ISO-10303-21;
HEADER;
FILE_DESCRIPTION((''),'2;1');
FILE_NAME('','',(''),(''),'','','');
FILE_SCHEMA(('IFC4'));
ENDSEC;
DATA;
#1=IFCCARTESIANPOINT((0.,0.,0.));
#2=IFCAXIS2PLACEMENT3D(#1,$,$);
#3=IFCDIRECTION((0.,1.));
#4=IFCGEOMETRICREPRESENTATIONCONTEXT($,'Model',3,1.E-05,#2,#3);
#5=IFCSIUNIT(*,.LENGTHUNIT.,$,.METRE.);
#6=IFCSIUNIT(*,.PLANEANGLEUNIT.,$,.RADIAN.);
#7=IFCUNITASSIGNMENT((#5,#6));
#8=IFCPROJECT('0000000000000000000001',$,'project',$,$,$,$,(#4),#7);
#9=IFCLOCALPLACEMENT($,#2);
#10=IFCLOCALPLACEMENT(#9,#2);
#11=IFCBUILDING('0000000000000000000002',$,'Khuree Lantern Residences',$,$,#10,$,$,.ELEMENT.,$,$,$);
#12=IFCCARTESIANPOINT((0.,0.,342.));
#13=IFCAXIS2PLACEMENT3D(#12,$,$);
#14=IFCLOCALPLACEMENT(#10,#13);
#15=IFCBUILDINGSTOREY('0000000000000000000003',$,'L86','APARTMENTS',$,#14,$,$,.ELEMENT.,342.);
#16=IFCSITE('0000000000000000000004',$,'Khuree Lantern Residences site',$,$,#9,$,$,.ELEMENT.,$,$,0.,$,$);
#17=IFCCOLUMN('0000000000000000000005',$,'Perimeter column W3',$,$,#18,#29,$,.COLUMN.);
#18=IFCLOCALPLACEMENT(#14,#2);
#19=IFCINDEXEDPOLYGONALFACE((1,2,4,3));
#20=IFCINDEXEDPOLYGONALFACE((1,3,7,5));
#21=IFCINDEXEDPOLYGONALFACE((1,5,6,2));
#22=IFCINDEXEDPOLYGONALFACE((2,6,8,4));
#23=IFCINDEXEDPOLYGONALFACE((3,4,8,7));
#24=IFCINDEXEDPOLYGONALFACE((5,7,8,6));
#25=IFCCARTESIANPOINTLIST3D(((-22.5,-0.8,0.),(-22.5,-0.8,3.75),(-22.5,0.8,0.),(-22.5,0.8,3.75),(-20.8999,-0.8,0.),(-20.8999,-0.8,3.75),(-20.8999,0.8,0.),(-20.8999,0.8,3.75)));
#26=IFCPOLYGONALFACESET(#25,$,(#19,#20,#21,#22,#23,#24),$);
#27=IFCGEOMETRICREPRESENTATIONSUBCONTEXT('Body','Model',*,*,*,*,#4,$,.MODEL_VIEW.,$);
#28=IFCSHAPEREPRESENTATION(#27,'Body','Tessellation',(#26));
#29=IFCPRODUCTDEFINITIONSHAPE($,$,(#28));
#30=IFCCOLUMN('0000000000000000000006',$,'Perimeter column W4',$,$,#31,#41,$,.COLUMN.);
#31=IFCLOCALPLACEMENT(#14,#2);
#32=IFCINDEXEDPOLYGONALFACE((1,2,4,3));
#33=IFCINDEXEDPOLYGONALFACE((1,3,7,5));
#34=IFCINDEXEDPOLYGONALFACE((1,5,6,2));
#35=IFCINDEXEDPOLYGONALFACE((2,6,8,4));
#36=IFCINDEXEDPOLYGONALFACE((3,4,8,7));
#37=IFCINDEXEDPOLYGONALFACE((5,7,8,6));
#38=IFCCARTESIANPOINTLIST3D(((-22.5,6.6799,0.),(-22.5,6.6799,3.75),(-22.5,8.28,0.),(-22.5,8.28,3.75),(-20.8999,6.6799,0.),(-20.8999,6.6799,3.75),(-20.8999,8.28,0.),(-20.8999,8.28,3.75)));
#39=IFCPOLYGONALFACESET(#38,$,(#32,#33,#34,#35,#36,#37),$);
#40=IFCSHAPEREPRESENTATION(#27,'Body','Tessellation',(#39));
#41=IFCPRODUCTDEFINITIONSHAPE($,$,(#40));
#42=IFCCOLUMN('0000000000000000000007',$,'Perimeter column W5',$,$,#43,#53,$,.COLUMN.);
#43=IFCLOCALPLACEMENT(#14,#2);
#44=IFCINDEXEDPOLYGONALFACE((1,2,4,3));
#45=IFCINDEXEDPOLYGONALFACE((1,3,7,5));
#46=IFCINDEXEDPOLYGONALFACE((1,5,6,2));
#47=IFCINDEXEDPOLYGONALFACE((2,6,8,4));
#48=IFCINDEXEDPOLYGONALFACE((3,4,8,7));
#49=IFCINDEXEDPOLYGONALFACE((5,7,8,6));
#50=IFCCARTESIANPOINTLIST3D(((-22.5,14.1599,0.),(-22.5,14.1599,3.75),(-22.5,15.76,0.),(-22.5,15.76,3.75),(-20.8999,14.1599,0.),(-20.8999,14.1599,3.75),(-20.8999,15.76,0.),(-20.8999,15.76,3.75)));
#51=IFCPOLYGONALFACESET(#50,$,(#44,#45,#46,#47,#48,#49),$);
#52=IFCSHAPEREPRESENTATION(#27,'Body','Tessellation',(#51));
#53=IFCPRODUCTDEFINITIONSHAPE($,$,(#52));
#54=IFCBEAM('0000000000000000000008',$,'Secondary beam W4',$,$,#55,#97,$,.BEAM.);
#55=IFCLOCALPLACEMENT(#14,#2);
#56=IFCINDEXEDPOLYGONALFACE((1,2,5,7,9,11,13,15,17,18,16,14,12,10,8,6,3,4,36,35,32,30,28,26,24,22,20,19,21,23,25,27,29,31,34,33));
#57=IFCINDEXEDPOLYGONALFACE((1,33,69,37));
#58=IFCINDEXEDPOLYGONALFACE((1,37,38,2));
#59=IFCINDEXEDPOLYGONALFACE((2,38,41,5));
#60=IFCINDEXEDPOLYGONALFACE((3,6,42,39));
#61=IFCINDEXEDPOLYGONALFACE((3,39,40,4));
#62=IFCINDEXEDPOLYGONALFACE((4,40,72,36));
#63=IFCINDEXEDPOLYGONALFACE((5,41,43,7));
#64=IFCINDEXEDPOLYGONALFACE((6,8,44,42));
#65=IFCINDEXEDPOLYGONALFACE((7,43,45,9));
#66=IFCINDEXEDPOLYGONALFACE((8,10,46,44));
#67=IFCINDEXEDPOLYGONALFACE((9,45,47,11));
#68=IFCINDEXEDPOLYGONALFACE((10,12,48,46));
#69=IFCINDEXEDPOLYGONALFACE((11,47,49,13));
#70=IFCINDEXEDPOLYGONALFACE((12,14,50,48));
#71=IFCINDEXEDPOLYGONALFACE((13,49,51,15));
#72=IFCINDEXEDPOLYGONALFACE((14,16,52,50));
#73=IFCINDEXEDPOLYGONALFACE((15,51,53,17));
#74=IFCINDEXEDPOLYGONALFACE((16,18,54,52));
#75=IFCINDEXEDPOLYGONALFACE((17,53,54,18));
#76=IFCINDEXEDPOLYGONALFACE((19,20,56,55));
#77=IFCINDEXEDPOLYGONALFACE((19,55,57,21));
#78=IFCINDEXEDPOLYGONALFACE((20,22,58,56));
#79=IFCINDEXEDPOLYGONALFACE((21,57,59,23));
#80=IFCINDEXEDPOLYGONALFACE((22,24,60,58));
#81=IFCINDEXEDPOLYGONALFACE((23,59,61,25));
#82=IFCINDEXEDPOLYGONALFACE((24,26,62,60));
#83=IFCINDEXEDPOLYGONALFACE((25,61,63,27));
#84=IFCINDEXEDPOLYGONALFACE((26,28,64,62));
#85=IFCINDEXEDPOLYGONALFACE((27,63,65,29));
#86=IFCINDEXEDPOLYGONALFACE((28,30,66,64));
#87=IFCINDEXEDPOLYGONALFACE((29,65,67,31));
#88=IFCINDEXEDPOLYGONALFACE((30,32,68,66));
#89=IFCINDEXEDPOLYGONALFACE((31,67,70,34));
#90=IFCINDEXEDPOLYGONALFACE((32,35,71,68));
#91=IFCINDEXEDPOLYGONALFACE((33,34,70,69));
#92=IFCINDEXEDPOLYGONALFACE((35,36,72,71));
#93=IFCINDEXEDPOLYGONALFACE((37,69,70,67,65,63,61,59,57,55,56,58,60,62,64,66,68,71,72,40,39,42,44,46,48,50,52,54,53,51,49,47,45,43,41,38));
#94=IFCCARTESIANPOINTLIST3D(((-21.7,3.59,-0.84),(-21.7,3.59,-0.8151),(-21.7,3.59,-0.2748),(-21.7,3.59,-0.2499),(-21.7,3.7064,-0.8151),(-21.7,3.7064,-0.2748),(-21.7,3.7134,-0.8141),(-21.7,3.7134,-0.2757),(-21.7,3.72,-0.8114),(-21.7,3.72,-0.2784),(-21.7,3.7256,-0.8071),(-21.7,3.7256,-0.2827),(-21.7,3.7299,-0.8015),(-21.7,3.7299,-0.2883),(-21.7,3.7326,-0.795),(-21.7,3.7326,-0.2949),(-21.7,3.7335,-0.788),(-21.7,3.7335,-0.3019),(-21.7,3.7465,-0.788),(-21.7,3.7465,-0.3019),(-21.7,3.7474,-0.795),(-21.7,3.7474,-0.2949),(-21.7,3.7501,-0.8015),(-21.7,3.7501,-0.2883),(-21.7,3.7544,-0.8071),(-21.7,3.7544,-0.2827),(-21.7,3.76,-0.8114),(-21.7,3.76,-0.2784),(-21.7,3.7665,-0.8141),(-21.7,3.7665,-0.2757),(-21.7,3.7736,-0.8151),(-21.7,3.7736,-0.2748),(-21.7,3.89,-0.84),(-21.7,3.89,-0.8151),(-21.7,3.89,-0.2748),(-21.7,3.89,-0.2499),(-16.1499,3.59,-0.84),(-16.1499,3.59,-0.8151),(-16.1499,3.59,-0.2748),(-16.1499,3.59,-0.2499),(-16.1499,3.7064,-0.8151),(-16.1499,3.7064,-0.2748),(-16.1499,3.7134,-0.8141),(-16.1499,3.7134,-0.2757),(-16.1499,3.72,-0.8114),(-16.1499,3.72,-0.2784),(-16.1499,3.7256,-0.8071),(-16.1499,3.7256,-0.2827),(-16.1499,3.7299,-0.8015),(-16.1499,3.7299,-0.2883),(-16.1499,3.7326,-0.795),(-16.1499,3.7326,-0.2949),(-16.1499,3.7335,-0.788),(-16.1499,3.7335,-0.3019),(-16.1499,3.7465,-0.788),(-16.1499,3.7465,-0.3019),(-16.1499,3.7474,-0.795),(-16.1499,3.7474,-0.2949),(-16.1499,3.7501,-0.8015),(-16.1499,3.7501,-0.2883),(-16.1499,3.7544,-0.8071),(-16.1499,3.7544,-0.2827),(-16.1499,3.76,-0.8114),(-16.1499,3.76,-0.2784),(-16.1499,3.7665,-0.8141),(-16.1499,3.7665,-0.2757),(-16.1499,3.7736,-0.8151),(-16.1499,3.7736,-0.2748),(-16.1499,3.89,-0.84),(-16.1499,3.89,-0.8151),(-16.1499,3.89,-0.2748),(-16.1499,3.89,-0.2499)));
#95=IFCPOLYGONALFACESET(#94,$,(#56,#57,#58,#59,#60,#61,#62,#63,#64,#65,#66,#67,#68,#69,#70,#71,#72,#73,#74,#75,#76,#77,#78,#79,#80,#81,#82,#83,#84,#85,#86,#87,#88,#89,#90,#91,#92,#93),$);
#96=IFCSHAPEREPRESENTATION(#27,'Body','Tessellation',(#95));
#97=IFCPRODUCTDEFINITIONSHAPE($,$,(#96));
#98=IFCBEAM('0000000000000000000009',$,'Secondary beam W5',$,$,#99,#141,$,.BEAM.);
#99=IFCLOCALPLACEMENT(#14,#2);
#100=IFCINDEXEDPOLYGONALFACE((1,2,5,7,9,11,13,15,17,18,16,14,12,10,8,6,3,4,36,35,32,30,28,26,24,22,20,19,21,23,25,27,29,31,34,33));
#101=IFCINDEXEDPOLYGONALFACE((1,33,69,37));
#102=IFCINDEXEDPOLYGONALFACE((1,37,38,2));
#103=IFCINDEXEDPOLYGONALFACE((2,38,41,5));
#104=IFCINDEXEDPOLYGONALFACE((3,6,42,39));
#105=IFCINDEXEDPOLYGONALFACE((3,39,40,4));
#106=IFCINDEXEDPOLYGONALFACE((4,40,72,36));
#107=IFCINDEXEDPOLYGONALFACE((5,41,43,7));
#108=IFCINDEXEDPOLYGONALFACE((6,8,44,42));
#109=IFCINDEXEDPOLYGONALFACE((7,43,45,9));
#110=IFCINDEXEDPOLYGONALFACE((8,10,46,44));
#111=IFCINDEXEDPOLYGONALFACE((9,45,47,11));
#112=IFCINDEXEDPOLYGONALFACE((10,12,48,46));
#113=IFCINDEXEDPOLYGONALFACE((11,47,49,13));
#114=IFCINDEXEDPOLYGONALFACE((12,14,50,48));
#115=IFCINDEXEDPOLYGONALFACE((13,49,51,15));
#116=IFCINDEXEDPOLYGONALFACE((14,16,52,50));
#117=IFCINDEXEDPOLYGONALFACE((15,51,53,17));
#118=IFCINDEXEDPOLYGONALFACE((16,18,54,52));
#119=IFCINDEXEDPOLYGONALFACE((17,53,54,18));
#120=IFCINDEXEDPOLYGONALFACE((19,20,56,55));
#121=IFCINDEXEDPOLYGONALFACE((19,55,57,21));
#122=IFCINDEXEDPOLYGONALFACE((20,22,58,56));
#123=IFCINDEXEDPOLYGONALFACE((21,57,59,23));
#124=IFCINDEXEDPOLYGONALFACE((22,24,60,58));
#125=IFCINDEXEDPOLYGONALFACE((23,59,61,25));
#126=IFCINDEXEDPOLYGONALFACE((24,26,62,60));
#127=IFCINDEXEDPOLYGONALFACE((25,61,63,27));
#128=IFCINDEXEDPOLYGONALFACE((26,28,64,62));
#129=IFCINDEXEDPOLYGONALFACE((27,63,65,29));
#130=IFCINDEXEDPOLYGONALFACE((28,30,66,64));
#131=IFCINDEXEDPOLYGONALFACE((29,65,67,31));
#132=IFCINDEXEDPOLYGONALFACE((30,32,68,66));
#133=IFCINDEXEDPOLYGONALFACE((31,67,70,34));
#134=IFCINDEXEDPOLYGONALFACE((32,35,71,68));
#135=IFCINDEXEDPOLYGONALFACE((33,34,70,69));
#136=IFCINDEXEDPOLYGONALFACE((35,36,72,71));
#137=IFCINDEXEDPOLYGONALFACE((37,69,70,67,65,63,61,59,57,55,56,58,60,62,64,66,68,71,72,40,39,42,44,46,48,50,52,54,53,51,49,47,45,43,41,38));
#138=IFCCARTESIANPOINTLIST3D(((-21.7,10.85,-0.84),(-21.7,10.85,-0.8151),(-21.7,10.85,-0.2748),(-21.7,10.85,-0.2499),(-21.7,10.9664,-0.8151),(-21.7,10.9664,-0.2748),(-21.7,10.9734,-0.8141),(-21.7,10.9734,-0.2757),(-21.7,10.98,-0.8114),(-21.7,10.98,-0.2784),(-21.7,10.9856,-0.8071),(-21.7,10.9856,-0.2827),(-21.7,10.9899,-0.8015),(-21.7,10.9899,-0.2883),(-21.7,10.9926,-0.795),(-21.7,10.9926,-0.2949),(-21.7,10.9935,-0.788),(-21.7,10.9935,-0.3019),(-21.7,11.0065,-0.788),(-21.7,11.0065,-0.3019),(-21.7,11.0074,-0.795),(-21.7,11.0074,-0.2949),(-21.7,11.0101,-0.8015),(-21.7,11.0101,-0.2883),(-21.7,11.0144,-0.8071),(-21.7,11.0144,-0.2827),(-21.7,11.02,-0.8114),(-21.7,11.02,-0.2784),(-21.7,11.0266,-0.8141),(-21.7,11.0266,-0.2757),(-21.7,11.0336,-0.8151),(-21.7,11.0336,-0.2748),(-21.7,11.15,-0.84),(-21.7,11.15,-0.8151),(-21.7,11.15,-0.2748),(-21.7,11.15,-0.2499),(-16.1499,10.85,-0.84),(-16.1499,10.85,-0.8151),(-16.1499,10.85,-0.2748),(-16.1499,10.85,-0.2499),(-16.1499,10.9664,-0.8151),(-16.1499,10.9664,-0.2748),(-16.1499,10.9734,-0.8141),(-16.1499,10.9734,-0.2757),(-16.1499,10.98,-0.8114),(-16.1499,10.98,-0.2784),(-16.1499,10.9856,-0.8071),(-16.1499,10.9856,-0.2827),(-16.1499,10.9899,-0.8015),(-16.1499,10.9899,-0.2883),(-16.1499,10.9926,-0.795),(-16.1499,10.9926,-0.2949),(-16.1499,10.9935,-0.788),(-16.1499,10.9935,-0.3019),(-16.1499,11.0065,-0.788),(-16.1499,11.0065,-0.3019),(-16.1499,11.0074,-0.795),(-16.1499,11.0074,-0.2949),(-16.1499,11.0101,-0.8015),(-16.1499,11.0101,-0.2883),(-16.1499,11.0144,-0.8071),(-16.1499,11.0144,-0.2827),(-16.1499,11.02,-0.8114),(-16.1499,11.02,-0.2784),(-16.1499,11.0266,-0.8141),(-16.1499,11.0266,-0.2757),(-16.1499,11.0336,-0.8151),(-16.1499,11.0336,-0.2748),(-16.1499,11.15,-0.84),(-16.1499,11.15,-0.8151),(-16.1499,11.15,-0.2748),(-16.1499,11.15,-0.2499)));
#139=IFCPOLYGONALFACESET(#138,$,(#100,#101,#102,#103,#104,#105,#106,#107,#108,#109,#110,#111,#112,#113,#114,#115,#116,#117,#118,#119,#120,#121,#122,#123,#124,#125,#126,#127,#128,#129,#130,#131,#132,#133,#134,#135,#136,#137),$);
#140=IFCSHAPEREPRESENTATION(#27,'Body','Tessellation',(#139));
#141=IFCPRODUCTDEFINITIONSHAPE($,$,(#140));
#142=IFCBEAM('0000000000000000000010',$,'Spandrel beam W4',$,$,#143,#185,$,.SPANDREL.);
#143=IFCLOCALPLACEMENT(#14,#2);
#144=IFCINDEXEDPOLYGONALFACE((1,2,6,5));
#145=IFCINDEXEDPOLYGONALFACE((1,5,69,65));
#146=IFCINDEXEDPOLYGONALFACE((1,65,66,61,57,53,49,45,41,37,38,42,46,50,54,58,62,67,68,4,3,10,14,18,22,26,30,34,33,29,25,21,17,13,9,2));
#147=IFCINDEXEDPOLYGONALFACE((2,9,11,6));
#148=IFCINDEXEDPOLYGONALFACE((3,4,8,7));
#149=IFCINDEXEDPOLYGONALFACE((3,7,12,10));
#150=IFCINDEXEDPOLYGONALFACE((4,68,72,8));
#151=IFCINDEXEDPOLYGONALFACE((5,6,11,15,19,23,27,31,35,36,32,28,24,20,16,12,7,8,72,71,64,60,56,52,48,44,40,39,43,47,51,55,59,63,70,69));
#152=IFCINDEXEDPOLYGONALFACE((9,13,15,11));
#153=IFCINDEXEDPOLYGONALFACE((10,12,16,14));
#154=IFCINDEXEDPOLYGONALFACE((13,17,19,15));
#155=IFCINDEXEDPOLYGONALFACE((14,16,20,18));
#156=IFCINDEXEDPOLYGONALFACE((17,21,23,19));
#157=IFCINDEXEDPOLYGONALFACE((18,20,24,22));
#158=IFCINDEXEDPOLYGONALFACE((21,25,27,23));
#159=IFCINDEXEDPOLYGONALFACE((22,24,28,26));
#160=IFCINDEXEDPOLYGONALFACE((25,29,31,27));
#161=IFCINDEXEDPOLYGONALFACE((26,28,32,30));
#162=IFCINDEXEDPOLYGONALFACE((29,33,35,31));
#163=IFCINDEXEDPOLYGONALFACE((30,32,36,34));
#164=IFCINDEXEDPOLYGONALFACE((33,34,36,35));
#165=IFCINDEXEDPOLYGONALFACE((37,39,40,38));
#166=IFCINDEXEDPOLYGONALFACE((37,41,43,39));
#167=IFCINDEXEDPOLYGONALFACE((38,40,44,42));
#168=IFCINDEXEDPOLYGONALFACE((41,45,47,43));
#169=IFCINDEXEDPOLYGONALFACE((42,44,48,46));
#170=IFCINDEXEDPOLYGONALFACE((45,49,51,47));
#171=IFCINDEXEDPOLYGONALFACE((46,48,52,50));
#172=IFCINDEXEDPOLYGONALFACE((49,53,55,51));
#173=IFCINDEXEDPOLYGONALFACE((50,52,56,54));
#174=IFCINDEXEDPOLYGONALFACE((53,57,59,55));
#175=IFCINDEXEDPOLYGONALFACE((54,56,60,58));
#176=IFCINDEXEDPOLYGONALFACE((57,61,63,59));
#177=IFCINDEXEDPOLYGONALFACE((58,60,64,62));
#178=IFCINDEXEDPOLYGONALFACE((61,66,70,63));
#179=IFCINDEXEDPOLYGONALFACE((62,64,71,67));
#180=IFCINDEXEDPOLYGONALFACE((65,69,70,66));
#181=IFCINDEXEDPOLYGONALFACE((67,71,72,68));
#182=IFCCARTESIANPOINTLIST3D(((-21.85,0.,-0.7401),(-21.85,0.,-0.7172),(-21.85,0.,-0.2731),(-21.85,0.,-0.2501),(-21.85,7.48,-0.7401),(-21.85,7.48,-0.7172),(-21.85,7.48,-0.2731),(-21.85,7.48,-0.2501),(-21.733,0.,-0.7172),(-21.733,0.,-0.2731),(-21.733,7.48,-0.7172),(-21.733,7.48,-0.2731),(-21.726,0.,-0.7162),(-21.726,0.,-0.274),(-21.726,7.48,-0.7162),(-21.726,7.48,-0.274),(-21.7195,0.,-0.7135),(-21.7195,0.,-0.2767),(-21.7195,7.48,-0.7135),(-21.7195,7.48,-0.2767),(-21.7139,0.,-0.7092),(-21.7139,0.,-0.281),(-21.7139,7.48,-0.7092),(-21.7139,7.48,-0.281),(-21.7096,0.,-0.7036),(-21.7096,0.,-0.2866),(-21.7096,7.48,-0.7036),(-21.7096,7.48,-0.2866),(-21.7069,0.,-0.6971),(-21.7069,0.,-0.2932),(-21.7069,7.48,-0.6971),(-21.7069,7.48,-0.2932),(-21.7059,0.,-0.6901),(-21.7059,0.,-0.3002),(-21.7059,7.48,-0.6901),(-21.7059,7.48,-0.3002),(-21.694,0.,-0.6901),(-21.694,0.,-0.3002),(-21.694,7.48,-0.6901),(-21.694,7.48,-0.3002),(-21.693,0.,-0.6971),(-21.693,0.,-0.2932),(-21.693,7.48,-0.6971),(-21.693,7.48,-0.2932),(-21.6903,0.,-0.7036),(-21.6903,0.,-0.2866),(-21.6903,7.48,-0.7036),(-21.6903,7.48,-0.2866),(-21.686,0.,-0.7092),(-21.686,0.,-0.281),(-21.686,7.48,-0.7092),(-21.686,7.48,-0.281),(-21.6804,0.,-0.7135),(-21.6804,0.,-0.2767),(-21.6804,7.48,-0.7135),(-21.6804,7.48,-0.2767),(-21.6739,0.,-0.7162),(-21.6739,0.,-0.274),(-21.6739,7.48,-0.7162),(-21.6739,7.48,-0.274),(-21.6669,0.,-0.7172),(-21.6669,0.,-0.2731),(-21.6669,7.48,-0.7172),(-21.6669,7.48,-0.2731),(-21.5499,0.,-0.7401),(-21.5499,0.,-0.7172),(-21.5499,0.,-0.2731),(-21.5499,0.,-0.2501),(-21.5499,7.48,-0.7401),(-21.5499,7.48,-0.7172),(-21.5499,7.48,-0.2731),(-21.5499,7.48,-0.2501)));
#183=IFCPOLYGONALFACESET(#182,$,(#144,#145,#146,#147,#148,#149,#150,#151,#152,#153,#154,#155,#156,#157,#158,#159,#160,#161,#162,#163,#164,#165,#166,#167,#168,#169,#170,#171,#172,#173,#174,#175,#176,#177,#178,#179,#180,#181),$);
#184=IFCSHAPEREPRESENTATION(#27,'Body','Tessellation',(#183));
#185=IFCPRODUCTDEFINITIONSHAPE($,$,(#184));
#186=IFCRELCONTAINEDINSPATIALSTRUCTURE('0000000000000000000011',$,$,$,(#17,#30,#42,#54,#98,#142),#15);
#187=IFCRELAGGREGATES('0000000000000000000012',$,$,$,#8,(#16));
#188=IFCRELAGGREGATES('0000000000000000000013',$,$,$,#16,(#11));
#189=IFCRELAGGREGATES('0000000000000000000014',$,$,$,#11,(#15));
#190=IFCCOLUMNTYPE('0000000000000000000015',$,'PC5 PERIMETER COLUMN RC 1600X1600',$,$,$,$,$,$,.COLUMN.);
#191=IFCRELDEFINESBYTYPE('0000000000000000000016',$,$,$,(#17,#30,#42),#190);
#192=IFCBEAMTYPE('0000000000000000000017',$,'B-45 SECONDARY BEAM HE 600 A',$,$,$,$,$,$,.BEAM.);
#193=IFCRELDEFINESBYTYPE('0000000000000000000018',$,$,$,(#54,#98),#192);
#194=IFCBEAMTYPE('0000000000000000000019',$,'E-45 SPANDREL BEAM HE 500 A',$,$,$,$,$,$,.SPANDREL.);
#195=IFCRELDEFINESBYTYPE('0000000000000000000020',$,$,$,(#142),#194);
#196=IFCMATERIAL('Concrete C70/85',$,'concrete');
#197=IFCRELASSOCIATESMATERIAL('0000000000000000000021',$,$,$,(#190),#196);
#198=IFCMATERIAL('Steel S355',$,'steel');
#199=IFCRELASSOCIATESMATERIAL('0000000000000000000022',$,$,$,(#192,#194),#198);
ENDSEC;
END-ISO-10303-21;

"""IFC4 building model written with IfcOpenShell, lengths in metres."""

from ifc_helpers import new_model, si_unit, direction, frame, origin, origin_2d, place, context, subcontext, project, spatial, rectangle, i_section, extrude, material, material_profile, profile_set, type_object, element, save


model = new_model("IFC4")

# Units and contexts
model_context = context("Model", 3, precision=1e-05, world=origin(), true_north=direction((0.0, 1.0)))
body_context = subcontext(model_context, "Body", "Model", "MODEL_VIEW")
ifc_project = project(units=[si_unit("LENGTHUNIT", "METRE"), si_unit("PLANEANGLEUNIT", "RADIAN")], contexts=[model_context])

# Site, building, storey
site_placement = place(None, origin())
site = spatial("IfcSite", under=ifc_project, at=site_placement, Name="Khuree Lantern Residences site", CompositionType="ELEMENT", RefElevation=0.0)
building_placement = place(site_placement, origin())
building = spatial("IfcBuilding", under=site, at=building_placement, Name="Khuree Lantern Residences", CompositionType="ELEMENT")
storey_placement = place(building_placement, frame((0.0, 0.0, 342.0)))
storey = spatial("IfcBuildingStorey", under=building, at=storey_placement, Name="L86", Description="APARTMENTS", CompositionType="ELEMENT", Elevation=342.0)

# Columns
ifc_material_1 = material(Name="Concrete C70/85", Category="concrete")
ifc_material_profile_1 = material_profile(ifc_material_1, rectangle(XDim=1.6001, YDim=1.6001, at=origin_2d()), Name="RC 1600X1600")
ifc_profile_set_1 = profile_set([ifc_material_profile_1], Name="Concrete C70/85")
column_type = type_object("IfcColumnType", Name="PC5 PERIMETER COLUMN RC 1600X1600", PredefinedType="COLUMN", material=ifc_profile_set_1)
for number, where, z_axis, x_axis, name in (
    (1, (-21.7, 0.0, 0.0), (0.0, 0.0, 1.0), (0.0, 1.0, 0.0), "Perimeter column W3"),
    (2, (-21.7, 7.48, 0.0), (0.0, 0.0, 1.0), (0.0, 1.0, 0.0), "Perimeter column W4"),
    (3, (-21.7, 14.96, 0.0), (0.0, 0.0, 1.0), (0.0, 1.0, 0.0), "Perimeter column W5"),
):
    element("IfcColumn", number, at=place(storey_placement, frame(where, z_axis=z_axis, x_axis=x_axis)), inside=storey, type_object=column_type, Name=name, PredefinedType="COLUMN", context=body_context, shape_type="SweptSolid", body=[
        extrude(rectangle(XDim=1.6001, YDim=1.6001, at=origin_2d()), origin(), (0.0, 0.0, 1.0), 3.75),
    ])

# Beams
ifc_material_2 = material(Name="Steel S355", Category="steel")
ifc_material_profile_2 = material_profile(ifc_material_2, i_section(OverallWidth=0.3, OverallDepth=0.5901, WebThickness=0.0129, FlangeThickness=0.0249, FilletRadius=0.0271, at=origin_2d()), Name="HE 600 A")
ifc_profile_set_2 = profile_set([ifc_material_profile_2], Name="Steel S355")
beam_type_1 = type_object("IfcBeamType", Name="B-45 SECONDARY BEAM HE 600 A", PredefinedType="BEAM", material=ifc_profile_set_2)
for number, where, z_axis, x_axis, name in (
    (4, (-21.7, 3.74, -0.5449), (1.0, 0.0, 0.0), (0.0, 1.0, 0.0), "Secondary beam W4"),
    (5, (-21.7, 11.0, -0.5449), (1.0, 0.0, 0.0), (0.0, 1.0, 0.0), "Secondary beam W5"),
):
    element("IfcBeam", number, at=place(storey_placement, frame(where, z_axis=z_axis, x_axis=x_axis)), inside=storey, type_object=beam_type_1, Name=name, PredefinedType="BEAM", context=body_context, shape_type="SweptSolid", body=[
        extrude(i_section(OverallWidth=0.3, OverallDepth=0.5901, WebThickness=0.0129, FlangeThickness=0.0249, FilletRadius=0.0271, at=origin_2d()), origin(), (0.0, 0.0, 1.0), 5.55),
    ])
ifc_material_profile_3 = material_profile(ifc_material_2, i_section(OverallWidth=0.3, OverallDepth=0.49, WebThickness=0.012, FlangeThickness=0.0229, FilletRadius=0.0271, at=origin_2d()), Name="HE 500 A")
ifc_profile_set_3 = profile_set([ifc_material_profile_3], Name="Steel S355")
beam_type_2 = type_object("IfcBeamType", Name="E-45 SPANDREL BEAM HE 500 A", PredefinedType="SPANDREL", material=ifc_profile_set_3)
for number, where, z_axis, x_axis, name in (
    (6, (-21.7, 0.0, -0.4951), (0.0, 1.0, 0.0), (-1.0, 0.0, 0.0), "Spandrel beam W4"),
):
    element("IfcBeam", number, at=place(storey_placement, frame(where, z_axis=z_axis, x_axis=x_axis)), inside=storey, type_object=beam_type_2, Name=name, PredefinedType="SPANDREL", context=body_context, shape_type="SweptSolid", body=[
        extrude(i_section(OverallWidth=0.3, OverallDepth=0.49, WebThickness=0.012, FlangeThickness=0.0229, FilletRadius=0.0271, at=origin_2d()), origin(), (0.0, 0.0, 1.0), 7.48),
    ])

save(model, "model.ifc")
